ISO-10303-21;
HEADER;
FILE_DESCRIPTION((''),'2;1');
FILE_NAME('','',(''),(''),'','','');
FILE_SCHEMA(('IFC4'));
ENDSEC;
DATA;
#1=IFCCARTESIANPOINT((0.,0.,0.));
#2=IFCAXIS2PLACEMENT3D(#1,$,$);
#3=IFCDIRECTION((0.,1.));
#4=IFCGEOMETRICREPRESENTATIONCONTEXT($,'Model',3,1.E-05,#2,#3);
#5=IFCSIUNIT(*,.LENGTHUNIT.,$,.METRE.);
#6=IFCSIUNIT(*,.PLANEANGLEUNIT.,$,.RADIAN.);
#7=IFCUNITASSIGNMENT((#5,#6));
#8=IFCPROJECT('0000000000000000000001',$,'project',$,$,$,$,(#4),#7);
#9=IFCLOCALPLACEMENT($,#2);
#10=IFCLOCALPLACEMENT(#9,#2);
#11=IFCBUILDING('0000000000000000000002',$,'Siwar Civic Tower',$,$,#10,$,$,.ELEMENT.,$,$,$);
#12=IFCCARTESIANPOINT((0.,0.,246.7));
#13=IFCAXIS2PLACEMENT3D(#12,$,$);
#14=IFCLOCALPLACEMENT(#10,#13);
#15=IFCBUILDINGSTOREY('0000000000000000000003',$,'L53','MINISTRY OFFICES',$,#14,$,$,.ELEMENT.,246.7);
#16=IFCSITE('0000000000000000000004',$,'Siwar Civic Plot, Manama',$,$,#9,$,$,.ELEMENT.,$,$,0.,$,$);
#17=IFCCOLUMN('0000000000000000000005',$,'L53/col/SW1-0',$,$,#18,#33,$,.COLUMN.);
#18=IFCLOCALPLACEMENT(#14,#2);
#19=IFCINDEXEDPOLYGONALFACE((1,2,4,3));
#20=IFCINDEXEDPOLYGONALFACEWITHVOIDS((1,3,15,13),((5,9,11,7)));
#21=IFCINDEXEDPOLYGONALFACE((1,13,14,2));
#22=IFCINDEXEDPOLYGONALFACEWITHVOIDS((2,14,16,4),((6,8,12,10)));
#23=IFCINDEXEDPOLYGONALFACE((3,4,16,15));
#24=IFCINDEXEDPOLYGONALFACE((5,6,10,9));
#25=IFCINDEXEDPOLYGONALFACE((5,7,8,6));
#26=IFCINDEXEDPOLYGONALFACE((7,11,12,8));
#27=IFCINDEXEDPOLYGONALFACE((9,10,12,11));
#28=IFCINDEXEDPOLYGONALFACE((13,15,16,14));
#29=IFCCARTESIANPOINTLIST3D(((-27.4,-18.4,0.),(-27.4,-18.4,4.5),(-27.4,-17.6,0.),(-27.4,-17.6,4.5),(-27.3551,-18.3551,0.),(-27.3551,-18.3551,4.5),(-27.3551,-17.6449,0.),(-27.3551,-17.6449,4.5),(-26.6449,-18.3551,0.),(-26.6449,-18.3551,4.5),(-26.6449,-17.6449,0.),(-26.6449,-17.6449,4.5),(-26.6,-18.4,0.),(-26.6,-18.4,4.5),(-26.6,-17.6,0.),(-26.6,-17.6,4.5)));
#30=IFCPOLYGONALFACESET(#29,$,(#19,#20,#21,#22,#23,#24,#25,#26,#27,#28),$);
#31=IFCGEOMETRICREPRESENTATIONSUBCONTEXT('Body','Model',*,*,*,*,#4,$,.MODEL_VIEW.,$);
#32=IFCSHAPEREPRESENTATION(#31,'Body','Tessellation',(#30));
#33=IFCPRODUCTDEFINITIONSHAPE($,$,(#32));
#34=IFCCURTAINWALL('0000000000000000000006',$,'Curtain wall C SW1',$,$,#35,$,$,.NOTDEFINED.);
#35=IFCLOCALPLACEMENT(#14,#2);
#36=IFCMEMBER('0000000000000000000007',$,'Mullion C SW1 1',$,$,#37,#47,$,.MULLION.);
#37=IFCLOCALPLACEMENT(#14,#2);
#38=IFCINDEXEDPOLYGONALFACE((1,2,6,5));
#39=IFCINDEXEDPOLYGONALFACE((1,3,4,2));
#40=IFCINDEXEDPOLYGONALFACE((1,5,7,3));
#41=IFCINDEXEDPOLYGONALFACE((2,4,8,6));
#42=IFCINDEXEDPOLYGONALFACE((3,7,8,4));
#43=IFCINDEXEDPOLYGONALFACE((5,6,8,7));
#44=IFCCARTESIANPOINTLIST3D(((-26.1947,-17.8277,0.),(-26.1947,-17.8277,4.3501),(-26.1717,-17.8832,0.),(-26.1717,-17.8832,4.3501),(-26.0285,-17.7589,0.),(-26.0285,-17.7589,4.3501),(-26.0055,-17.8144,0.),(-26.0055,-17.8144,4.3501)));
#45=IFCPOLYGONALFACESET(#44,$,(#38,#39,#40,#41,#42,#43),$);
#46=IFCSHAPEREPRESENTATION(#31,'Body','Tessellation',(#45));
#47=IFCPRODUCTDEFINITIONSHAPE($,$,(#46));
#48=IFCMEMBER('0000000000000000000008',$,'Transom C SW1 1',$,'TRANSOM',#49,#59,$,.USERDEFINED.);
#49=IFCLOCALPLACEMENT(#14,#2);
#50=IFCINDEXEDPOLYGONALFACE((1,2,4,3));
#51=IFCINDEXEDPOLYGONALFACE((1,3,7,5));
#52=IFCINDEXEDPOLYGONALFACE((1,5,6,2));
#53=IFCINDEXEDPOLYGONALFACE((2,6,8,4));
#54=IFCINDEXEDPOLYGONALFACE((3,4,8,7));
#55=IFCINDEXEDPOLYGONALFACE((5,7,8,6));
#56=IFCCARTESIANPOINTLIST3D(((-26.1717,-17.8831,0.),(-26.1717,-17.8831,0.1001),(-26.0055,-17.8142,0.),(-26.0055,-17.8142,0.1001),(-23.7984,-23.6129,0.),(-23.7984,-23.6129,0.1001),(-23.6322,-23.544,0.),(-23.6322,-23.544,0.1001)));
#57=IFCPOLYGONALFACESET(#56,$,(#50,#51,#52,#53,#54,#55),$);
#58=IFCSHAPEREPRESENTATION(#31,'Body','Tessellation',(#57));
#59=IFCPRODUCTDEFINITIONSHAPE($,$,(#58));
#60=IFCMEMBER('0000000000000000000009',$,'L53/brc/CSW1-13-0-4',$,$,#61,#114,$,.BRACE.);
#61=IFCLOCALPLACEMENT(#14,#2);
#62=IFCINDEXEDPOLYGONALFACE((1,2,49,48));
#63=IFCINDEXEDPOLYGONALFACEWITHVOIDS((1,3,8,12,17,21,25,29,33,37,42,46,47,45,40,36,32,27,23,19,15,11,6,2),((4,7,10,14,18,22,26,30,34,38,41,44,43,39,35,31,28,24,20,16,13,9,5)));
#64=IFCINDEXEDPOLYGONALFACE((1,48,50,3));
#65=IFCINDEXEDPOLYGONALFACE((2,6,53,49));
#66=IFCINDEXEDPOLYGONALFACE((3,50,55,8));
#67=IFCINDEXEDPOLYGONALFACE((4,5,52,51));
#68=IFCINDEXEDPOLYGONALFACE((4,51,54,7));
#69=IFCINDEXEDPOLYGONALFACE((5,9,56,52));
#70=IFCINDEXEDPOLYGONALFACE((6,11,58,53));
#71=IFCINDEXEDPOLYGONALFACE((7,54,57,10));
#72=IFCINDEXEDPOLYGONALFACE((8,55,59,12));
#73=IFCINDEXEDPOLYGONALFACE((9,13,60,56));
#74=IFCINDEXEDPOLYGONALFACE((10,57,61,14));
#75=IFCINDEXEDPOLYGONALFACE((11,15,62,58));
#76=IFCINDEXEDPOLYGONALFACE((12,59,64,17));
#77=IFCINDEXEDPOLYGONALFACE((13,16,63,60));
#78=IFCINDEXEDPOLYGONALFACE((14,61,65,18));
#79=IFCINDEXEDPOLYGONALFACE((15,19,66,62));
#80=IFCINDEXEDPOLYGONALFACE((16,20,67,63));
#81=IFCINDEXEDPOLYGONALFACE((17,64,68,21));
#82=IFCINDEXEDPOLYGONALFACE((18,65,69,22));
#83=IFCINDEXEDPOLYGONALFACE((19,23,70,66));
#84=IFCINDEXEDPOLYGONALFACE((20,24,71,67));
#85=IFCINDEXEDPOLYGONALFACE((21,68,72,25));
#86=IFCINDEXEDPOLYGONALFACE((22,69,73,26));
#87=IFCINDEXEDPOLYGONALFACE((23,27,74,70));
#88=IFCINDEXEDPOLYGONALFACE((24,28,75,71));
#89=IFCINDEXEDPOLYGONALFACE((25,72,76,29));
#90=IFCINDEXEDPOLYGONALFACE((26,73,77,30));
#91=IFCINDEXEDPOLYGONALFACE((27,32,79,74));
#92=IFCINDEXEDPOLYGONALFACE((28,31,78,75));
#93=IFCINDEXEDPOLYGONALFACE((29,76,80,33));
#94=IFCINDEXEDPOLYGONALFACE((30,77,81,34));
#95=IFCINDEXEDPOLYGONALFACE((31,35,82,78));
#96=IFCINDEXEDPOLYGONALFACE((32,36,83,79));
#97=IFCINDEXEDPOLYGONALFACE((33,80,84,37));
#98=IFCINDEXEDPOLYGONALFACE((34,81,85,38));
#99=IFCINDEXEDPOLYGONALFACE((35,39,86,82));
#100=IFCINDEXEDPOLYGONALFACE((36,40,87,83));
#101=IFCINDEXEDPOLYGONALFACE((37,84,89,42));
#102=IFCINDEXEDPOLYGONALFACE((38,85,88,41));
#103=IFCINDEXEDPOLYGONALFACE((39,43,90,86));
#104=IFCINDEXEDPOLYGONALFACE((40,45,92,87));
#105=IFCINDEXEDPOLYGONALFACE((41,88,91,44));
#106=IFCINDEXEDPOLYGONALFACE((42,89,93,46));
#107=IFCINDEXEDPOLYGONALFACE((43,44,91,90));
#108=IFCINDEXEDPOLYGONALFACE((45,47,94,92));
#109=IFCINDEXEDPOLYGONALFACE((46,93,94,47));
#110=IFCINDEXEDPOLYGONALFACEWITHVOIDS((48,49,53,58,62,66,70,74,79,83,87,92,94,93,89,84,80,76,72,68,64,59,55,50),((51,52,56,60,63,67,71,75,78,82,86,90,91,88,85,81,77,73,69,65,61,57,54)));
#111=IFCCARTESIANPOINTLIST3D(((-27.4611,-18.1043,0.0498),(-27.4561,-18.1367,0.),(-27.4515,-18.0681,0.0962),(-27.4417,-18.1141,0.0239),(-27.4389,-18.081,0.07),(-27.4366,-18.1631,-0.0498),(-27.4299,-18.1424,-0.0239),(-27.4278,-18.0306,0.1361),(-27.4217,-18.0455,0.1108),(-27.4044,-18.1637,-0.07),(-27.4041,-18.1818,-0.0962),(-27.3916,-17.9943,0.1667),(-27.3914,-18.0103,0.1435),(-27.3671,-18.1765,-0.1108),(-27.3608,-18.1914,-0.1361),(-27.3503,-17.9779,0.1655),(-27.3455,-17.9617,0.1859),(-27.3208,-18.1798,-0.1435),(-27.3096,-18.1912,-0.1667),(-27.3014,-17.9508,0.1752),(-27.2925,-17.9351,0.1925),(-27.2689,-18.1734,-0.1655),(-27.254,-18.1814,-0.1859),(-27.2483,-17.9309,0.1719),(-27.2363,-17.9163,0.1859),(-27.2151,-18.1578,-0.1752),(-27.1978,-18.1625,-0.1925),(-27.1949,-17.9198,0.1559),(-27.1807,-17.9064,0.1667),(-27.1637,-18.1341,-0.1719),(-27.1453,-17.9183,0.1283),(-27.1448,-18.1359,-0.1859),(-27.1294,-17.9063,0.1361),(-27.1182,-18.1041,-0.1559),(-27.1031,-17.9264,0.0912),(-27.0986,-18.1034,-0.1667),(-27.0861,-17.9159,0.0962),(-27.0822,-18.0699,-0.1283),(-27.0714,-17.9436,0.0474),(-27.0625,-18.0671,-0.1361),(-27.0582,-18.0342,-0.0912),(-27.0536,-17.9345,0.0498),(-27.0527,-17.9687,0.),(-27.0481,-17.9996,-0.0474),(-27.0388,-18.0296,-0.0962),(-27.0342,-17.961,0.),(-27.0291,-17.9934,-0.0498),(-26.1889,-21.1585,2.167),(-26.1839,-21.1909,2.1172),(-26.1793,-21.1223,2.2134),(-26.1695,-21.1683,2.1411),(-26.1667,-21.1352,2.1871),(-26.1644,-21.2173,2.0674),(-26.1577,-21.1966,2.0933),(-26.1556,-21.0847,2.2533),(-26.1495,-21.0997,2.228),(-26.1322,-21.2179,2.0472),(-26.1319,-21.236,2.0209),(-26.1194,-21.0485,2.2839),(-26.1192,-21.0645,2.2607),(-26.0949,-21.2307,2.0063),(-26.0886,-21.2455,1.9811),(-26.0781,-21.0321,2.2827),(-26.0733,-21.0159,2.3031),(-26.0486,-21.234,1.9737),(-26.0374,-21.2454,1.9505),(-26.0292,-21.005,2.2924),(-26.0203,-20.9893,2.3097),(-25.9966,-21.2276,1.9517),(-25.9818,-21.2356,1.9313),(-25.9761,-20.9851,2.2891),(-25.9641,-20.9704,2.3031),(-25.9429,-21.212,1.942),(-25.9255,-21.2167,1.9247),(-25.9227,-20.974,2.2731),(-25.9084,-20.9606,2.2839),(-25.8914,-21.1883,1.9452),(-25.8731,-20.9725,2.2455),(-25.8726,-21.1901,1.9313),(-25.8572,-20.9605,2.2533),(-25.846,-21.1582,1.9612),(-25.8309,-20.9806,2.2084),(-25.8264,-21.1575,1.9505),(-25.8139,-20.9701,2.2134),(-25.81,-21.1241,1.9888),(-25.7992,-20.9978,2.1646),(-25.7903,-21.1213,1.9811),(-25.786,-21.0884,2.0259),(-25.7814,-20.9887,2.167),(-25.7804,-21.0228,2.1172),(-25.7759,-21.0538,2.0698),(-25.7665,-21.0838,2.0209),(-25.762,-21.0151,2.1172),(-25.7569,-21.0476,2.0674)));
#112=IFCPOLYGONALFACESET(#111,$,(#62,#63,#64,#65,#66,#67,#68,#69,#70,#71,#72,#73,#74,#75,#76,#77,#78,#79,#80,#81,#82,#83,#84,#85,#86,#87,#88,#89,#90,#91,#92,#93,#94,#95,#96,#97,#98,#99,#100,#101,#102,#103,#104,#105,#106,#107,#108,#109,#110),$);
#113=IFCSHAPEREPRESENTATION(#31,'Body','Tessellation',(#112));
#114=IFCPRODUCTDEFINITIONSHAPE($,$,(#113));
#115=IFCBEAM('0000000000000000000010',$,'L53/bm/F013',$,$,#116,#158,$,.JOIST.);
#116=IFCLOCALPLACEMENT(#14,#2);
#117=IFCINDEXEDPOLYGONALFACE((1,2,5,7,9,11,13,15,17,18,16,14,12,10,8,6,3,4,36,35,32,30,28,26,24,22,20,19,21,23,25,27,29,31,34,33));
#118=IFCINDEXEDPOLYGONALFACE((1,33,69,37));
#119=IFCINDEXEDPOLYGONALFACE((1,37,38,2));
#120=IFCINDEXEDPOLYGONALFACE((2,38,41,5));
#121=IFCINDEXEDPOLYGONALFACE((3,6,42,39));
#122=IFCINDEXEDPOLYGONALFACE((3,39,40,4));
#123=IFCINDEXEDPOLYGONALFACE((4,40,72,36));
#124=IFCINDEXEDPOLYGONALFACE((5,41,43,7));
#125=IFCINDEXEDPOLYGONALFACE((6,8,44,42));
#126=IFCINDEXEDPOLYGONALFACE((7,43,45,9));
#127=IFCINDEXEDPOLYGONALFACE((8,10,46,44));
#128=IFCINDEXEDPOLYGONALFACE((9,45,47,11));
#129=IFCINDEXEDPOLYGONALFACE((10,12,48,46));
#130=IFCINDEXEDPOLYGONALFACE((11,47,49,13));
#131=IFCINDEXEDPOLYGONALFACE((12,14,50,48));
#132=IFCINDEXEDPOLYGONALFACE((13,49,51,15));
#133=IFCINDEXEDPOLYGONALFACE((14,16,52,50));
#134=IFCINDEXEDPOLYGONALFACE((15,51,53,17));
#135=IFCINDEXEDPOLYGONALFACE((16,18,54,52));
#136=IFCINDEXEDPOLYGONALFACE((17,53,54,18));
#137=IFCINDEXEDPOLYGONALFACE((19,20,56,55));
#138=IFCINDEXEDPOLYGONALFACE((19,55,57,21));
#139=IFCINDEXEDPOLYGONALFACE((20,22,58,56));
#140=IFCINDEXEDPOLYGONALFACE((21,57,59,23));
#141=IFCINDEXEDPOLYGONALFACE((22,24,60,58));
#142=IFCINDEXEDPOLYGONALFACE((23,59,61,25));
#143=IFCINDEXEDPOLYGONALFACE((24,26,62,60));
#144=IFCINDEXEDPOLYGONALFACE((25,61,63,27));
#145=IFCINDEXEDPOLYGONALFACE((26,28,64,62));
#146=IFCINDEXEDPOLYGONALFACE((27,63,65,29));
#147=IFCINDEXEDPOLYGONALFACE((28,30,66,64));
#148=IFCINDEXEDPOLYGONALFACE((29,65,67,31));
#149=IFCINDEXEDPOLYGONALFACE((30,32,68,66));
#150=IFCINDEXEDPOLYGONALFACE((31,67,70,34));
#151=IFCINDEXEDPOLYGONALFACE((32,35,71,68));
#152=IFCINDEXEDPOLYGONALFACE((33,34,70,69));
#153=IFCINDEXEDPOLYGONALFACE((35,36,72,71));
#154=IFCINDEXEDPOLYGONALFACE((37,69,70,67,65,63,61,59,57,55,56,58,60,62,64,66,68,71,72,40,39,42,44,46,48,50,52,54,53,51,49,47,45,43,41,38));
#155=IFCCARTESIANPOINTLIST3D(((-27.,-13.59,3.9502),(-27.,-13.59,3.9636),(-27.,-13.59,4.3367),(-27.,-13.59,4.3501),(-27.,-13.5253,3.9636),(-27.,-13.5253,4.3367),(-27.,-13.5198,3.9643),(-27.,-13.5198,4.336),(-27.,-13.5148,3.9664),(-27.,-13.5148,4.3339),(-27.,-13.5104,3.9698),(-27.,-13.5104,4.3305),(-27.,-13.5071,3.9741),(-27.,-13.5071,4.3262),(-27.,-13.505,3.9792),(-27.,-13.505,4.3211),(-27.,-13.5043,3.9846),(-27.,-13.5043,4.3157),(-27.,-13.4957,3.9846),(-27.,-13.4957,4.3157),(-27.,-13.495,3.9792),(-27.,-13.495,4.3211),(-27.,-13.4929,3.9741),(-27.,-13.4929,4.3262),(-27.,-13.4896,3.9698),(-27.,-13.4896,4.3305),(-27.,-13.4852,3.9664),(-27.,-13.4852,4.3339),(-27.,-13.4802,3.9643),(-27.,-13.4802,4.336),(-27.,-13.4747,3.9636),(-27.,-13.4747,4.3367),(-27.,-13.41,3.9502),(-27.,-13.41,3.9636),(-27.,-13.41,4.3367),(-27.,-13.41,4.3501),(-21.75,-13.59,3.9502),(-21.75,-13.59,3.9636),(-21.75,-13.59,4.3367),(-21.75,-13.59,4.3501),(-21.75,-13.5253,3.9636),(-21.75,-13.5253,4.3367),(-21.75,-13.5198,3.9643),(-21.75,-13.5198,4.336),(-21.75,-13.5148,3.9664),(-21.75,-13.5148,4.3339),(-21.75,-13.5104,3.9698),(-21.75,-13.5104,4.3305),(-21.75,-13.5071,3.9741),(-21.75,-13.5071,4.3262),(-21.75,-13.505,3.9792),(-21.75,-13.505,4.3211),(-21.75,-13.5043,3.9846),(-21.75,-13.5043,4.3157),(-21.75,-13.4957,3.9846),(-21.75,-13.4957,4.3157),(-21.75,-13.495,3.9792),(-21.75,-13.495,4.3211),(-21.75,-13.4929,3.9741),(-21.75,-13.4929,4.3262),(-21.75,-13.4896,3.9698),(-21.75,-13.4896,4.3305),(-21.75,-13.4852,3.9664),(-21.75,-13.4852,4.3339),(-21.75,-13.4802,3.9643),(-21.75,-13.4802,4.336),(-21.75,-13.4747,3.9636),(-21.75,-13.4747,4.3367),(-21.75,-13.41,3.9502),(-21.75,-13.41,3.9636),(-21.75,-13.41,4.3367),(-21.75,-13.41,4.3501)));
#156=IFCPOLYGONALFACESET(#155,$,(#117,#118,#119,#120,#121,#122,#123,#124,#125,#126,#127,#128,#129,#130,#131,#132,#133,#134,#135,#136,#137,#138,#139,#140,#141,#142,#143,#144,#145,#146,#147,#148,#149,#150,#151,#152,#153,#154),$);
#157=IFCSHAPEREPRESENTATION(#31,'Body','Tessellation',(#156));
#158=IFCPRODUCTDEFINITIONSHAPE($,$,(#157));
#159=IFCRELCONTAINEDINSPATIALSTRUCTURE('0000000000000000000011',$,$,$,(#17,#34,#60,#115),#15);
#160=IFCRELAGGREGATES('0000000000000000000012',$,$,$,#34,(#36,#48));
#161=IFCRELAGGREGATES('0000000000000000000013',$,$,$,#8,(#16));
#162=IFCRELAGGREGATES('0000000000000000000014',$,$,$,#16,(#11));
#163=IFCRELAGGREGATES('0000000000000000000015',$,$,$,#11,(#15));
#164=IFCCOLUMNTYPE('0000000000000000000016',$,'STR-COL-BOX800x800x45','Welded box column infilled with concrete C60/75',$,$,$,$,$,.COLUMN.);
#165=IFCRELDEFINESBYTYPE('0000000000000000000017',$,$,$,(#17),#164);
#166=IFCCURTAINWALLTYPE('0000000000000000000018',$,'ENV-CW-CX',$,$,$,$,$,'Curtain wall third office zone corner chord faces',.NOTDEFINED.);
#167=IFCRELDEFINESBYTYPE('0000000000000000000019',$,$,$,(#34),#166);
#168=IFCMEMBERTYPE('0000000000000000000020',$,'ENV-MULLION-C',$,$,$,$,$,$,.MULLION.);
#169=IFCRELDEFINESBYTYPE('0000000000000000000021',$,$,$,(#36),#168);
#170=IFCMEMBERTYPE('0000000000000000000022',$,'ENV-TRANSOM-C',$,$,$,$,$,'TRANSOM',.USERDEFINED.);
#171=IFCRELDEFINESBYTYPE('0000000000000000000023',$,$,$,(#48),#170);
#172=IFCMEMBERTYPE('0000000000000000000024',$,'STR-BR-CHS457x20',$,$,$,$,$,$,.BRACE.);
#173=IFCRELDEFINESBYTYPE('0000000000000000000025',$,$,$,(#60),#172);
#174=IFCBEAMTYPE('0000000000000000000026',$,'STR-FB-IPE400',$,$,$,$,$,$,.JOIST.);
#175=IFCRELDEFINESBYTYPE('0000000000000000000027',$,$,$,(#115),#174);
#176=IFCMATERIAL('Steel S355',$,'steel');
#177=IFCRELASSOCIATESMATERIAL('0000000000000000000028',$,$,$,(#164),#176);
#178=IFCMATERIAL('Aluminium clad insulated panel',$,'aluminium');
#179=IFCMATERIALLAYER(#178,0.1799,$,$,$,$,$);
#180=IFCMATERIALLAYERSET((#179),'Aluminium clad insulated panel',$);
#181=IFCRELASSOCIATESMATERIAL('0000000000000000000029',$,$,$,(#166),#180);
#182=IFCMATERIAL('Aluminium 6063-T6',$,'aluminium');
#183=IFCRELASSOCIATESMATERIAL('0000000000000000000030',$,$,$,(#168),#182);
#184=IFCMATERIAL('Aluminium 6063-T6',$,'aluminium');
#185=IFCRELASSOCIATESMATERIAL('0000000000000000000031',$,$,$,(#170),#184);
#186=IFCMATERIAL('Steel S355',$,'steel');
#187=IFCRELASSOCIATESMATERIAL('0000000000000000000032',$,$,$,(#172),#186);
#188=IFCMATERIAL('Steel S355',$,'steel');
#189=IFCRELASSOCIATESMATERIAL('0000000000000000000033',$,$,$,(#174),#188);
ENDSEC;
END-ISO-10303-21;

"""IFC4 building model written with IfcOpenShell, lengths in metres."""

from ifc_helpers import new_model, si_unit, direction, frame, origin, origin_2d, place, context, subcontext, project, spatial, rectangle, hollow_rectangle, hollow_circle, i_section, extrude, material, layer, layer_set, material_profile, profile_set, type_object, element, aggregate, save


model = new_model("IFC4")

# Units and contexts
model_context = context("Model", 3, precision=1e-05, world=origin(), true_north=direction((0.0, 1.0)))
body_context = subcontext(model_context, "Body", "Model", "MODEL_VIEW")
ifc_project = project(units=[si_unit("LENGTHUNIT", "METRE"), si_unit("PLANEANGLEUNIT", "RADIAN")], contexts=[model_context])

# Site, building, storey
site_placement = place(None, origin())
site = spatial("IfcSite", under=ifc_project, at=site_placement, Name="Siwar Civic Plot, Manama", CompositionType="ELEMENT", RefElevation=0.0)
building_placement = place(site_placement, origin())
building = spatial("IfcBuilding", under=site, at=building_placement, Name="Siwar Civic Tower", CompositionType="ELEMENT")
storey_placement = place(building_placement, frame((0.0, 0.0, 246.7)))
storey = spatial("IfcBuildingStorey", under=building, at=storey_placement, Name="L53", Description="MINISTRY OFFICES", CompositionType="ELEMENT", Elevation=246.7)

# Column
ifc_material_1 = material(Name="Steel S355", Category="steel")
ifc_material_profile_1 = material_profile(ifc_material_1, hollow_rectangle(XDim=0.8, YDim=0.8, WallThickness=0.0449, at=origin_2d()), Name="BOX800x800x45")
ifc_profile_set_1 = profile_set([ifc_material_profile_1], Name="Steel S355")
column_type = type_object("IfcColumnType", Name="STR-COL-BOX800x800x45", Description="Welded box column infilled with concrete C60/75", PredefinedType="COLUMN", material=ifc_profile_set_1)
column_placement = place(storey_placement, frame((-27.0, -18.0, 0.0), z_axis=(0.0, 0.0, 1.0), x_axis=(1.0, 0.0, 0.0)))
element("IfcColumn", 1, at=column_placement, inside=storey, type_object=column_type, Name="L53/col/SW1-0", PredefinedType="COLUMN", context=body_context, shape_type="SweptSolid", body=[
    extrude(hollow_rectangle(XDim=0.8, YDim=0.8, WallThickness=0.0449, at=origin_2d()), origin(), (0.0, 0.0, 1.0), 4.5),
])

# Curtain wall, members
ifc_material_2 = material(Name="Aluminium clad insulated panel", Category="aluminium")
ifc_layer_1 = layer(ifc_material_2, 0.1799)
ifc_layer_set_1 = layer_set([ifc_layer_1], Name="Aluminium clad insulated panel")
curtain_wall_type_1 = type_object("IfcCurtainWallType", Name="ENV-CW-CX", ElementType="Curtain wall third office zone corner chord faces", PredefinedType="NOTDEFINED", material=ifc_layer_set_1)
curtain_wall_1_placement = place(storey_placement, origin())
curtain_wall_1 = element("IfcCurtainWall", 2, at=curtain_wall_1_placement, inside=storey, type_object=curtain_wall_type_1, Name="Curtain wall C SW1", PredefinedType="NOTDEFINED")
ifc_material_3 = material(Name="Aluminium 6063-T6", Category="aluminium")
ifc_material_profile_2 = material_profile(ifc_material_3, rectangle(XDim=0.1799, YDim=0.0601, at=origin_2d()), Name="AL 180x60")
ifc_profile_set_2 = profile_set([ifc_material_profile_2], Name="Aluminium 6063-T6")
member_type_1 = type_object("IfcMemberType", Name="ENV-MULLION-C", PredefinedType="MULLION", material=ifc_profile_set_2)
member_1_placement = place(storey_placement, frame((-26.1001, -17.821, 0.0), z_axis=(0.0, 0.0, 1.0), x_axis=(0.92388, 0.382683, 0.0)))
member_1 = element("IfcMember", 3, at=member_1_placement, type_object=member_type_1, Name="Mullion C SW1 1", PredefinedType="MULLION", context=body_context, shape_type="SweptSolid", body=[
    extrude(rectangle(XDim=0.1799, YDim=0.0601, at=origin_2d()), origin(), (0.0, 0.0, 1.0), 4.3501),
])
ifc_material_4 = material(Name="Aluminium 6063-T6", Category="aluminium")
ifc_material_profile_3 = material_profile(ifc_material_4, rectangle(XDim=0.1799, YDim=0.1001, at=origin_2d()), Name="AL 180x100")
ifc_profile_set_3 = profile_set([ifc_material_profile_3], Name="Aluminium 6063-T6")
member_type_2 = type_object("IfcMemberType", Name="ENV-TRANSOM-C", ElementType="TRANSOM", PredefinedType="USERDEFINED", material=ifc_profile_set_3)
member_2_placement = place(storey_placement, frame((-26.0886, -17.8486, 0.05), z_axis=(0.382677, -0.923882, 0.0), x_axis=(0.923882, 0.382677, 0.0)))
member_2 = element("IfcMember", 4, at=member_2_placement, type_object=member_type_2, Name="Transom C SW1 1", ObjectType="TRANSOM", PredefinedType="USERDEFINED", context=body_context, shape_type="SweptSolid", body=[
    extrude(rectangle(XDim=0.1799, YDim=0.1001, at=origin_2d()), origin(), (0.0, 0.0, 1.0), 6.2019),
])
aggregate(curtain_wall_1, [member_1, member_2])

# Member
ifc_material_5 = material(Name="Steel S355", Category="steel")
ifc_material_profile_4 = material_profile(ifc_material_5, hollow_circle(Radius=0.2285, WallThickness=0.02, at=origin_2d()), Name="CHS457x20")
ifc_profile_set_4 = profile_set([ifc_material_profile_4], Name="Steel S355")
member_type_3 = type_object("IfcMemberType", Name="STR-BR-CHS457x20", PredefinedType="BRACE", material=ifc_profile_set_4)
member_3_placement = place(storey_placement, frame((-27.2451, -18.0488, 0.0), z_axis=(0.323884, -0.777546, 0.538999), x_axis=(0.923116, 0.384521, 0.0)))
element("IfcMember", 5, at=member_3_placement, inside=storey, type_object=member_type_3, Name="L53/brc/CSW1-13-0-4", PredefinedType="BRACE", context=body_context, shape_type="SweptSolid", body=[
    extrude(hollow_circle(Radius=0.2285, WallThickness=0.02, at=origin_2d()), origin(), (0.0, 0.0, 1.0), 3.928),
])

# Beam
ifc_material_6 = material(Name="Steel S355", Category="steel")
ifc_material_profile_5 = material_profile(ifc_material_6, i_section(OverallWidth=0.1799, OverallDepth=0.3999, WebThickness=0.0085, FlangeThickness=0.0134, FilletRadius=0.021, at=origin_2d()), Name="IPE400")
ifc_profile_set_5 = profile_set([ifc_material_profile_5], Name="Steel S355")
beam_type_1 = type_object("IfcBeamType", Name="STR-FB-IPE400", PredefinedType="JOIST", material=ifc_profile_set_5)
beam_1_placement = place(storey_placement, frame((-27.0, -13.5, 4.1501), z_axis=(1.0, 0.0, 0.0), x_axis=(0.0, 1.0, 0.0)))
element("IfcBeam", 6, at=beam_1_placement, inside=storey, type_object=beam_type_1, Name="L53/bm/F013", PredefinedType="JOIST", context=body_context, shape_type="SweptSolid", body=[
    extrude(i_section(OverallWidth=0.1799, OverallDepth=0.3999, WebThickness=0.0085, FlangeThickness=0.0134, FilletRadius=0.021, at=origin_2d()), origin(), (0.0, 0.0, 1.0), 5.25),
])

save(model, "model.ifc")
